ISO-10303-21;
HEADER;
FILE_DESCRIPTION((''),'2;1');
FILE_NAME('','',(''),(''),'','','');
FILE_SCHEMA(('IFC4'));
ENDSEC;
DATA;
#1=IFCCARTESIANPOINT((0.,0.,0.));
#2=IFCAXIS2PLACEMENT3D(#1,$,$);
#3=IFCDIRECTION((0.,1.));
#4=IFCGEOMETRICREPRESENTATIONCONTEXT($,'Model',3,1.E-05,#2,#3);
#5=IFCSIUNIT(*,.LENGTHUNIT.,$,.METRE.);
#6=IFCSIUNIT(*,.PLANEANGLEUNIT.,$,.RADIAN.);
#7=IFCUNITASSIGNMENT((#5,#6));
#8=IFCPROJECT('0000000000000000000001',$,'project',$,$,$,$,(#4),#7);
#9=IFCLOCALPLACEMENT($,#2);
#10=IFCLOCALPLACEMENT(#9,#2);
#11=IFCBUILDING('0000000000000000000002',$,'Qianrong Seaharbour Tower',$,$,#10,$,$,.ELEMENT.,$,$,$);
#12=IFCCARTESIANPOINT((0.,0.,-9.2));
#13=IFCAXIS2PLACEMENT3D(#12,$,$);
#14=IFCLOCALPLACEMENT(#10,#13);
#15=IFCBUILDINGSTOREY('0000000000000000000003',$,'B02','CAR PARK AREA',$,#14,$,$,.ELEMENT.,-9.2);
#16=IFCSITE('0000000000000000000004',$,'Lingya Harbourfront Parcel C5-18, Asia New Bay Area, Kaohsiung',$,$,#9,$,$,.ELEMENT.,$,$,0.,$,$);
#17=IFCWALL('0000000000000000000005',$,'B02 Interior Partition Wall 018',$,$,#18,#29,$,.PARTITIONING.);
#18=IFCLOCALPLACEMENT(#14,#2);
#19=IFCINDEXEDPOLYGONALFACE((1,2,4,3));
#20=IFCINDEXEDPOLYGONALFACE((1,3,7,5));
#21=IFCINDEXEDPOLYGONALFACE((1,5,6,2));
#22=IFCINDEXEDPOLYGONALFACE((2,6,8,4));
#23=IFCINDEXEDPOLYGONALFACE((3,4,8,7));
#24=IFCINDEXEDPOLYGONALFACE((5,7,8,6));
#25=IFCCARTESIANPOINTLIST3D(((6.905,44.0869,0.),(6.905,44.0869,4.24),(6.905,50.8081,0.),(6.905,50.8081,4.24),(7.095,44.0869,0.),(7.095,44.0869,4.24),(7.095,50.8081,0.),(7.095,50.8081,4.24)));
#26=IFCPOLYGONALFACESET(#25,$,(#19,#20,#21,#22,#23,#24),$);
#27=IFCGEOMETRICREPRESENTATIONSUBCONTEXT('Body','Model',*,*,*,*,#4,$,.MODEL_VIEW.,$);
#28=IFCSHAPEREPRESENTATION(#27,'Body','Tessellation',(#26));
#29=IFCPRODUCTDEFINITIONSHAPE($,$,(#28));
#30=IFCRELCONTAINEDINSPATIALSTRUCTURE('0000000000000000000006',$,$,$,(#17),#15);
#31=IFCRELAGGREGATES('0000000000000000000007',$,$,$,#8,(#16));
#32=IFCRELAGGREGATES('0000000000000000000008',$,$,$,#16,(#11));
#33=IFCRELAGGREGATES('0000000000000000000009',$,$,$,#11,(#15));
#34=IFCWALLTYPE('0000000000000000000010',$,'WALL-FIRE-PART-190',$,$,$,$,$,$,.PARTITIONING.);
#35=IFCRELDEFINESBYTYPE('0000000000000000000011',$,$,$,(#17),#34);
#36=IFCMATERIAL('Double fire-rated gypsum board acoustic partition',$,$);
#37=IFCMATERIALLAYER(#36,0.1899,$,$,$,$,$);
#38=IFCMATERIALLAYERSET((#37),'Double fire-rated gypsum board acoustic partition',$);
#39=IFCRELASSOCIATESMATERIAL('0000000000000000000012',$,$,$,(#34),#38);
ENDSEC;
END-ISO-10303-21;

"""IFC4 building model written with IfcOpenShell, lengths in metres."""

from ifc_helpers import new_model, si_unit, direction, frame, frame_2d, origin, place, context, subcontext, project, spatial, rectangle, extrude, material, layer, layer_set, type_object, element, save


model = new_model("IFC4")

# Units and contexts
model_context = context("Model", 3, precision=1e-05, world=origin(), true_north=direction((0.0, 1.0)))
body_context = subcontext(model_context, "Body", "Model", "MODEL_VIEW")
ifc_project = project(units=[si_unit("LENGTHUNIT", "METRE"), si_unit("PLANEANGLEUNIT", "RADIAN")], contexts=[model_context])

# Site, building, storey
site_placement = place(None, origin())
site = spatial("IfcSite", under=ifc_project, at=site_placement, Name="Lingya Harbourfront Parcel C5-18, Asia New Bay Area, Kaohsiung", CompositionType="ELEMENT", RefElevation=0.0)
building_placement = place(site_placement, origin())
building = spatial("IfcBuilding", under=site, at=building_placement, Name="Qianrong Seaharbour Tower", CompositionType="ELEMENT")
storey_placement = place(building_placement, frame((0.0, 0.0, -9.2)))
storey = spatial("IfcBuildingStorey", under=building, at=storey_placement, Name="B02", Description="CAR PARK AREA", CompositionType="ELEMENT", Elevation=-9.2)

# Shared definitions
ifc_material_1 = material(Name="Double fire-rated gypsum board acoustic partition")
ifc_layer_1 = layer(ifc_material_1, 0.1899)
ifc_layer_set_1 = layer_set([ifc_layer_1], Name="Double fire-rated gypsum board acoustic partition")
wall_type_1 = type_object("IfcWallType", Name="WALL-FIRE-PART-190", PredefinedType="PARTITIONING", material=ifc_layer_set_1)

# Wall
wall_1_placement = place(storey_placement, frame((7.0, 44.0869, 0.0), z_axis=(0.0, 0.0, 1.0), x_axis=(0.0, 1.0, 0.0)))
element("IfcWall", 1, at=wall_1_placement, inside=storey, type_object=wall_type_1, Name="B02 Interior Partition Wall 018", PredefinedType="PARTITIONING", context=body_context, shape_type="SweptSolid", body=[
    extrude(rectangle(XDim=6.7212, YDim=0.1899, at=frame_2d((3.3606, 0.0))), origin(), (0.0, 0.0, 1.0), 4.24),
])

save(model, "model.ifc")
